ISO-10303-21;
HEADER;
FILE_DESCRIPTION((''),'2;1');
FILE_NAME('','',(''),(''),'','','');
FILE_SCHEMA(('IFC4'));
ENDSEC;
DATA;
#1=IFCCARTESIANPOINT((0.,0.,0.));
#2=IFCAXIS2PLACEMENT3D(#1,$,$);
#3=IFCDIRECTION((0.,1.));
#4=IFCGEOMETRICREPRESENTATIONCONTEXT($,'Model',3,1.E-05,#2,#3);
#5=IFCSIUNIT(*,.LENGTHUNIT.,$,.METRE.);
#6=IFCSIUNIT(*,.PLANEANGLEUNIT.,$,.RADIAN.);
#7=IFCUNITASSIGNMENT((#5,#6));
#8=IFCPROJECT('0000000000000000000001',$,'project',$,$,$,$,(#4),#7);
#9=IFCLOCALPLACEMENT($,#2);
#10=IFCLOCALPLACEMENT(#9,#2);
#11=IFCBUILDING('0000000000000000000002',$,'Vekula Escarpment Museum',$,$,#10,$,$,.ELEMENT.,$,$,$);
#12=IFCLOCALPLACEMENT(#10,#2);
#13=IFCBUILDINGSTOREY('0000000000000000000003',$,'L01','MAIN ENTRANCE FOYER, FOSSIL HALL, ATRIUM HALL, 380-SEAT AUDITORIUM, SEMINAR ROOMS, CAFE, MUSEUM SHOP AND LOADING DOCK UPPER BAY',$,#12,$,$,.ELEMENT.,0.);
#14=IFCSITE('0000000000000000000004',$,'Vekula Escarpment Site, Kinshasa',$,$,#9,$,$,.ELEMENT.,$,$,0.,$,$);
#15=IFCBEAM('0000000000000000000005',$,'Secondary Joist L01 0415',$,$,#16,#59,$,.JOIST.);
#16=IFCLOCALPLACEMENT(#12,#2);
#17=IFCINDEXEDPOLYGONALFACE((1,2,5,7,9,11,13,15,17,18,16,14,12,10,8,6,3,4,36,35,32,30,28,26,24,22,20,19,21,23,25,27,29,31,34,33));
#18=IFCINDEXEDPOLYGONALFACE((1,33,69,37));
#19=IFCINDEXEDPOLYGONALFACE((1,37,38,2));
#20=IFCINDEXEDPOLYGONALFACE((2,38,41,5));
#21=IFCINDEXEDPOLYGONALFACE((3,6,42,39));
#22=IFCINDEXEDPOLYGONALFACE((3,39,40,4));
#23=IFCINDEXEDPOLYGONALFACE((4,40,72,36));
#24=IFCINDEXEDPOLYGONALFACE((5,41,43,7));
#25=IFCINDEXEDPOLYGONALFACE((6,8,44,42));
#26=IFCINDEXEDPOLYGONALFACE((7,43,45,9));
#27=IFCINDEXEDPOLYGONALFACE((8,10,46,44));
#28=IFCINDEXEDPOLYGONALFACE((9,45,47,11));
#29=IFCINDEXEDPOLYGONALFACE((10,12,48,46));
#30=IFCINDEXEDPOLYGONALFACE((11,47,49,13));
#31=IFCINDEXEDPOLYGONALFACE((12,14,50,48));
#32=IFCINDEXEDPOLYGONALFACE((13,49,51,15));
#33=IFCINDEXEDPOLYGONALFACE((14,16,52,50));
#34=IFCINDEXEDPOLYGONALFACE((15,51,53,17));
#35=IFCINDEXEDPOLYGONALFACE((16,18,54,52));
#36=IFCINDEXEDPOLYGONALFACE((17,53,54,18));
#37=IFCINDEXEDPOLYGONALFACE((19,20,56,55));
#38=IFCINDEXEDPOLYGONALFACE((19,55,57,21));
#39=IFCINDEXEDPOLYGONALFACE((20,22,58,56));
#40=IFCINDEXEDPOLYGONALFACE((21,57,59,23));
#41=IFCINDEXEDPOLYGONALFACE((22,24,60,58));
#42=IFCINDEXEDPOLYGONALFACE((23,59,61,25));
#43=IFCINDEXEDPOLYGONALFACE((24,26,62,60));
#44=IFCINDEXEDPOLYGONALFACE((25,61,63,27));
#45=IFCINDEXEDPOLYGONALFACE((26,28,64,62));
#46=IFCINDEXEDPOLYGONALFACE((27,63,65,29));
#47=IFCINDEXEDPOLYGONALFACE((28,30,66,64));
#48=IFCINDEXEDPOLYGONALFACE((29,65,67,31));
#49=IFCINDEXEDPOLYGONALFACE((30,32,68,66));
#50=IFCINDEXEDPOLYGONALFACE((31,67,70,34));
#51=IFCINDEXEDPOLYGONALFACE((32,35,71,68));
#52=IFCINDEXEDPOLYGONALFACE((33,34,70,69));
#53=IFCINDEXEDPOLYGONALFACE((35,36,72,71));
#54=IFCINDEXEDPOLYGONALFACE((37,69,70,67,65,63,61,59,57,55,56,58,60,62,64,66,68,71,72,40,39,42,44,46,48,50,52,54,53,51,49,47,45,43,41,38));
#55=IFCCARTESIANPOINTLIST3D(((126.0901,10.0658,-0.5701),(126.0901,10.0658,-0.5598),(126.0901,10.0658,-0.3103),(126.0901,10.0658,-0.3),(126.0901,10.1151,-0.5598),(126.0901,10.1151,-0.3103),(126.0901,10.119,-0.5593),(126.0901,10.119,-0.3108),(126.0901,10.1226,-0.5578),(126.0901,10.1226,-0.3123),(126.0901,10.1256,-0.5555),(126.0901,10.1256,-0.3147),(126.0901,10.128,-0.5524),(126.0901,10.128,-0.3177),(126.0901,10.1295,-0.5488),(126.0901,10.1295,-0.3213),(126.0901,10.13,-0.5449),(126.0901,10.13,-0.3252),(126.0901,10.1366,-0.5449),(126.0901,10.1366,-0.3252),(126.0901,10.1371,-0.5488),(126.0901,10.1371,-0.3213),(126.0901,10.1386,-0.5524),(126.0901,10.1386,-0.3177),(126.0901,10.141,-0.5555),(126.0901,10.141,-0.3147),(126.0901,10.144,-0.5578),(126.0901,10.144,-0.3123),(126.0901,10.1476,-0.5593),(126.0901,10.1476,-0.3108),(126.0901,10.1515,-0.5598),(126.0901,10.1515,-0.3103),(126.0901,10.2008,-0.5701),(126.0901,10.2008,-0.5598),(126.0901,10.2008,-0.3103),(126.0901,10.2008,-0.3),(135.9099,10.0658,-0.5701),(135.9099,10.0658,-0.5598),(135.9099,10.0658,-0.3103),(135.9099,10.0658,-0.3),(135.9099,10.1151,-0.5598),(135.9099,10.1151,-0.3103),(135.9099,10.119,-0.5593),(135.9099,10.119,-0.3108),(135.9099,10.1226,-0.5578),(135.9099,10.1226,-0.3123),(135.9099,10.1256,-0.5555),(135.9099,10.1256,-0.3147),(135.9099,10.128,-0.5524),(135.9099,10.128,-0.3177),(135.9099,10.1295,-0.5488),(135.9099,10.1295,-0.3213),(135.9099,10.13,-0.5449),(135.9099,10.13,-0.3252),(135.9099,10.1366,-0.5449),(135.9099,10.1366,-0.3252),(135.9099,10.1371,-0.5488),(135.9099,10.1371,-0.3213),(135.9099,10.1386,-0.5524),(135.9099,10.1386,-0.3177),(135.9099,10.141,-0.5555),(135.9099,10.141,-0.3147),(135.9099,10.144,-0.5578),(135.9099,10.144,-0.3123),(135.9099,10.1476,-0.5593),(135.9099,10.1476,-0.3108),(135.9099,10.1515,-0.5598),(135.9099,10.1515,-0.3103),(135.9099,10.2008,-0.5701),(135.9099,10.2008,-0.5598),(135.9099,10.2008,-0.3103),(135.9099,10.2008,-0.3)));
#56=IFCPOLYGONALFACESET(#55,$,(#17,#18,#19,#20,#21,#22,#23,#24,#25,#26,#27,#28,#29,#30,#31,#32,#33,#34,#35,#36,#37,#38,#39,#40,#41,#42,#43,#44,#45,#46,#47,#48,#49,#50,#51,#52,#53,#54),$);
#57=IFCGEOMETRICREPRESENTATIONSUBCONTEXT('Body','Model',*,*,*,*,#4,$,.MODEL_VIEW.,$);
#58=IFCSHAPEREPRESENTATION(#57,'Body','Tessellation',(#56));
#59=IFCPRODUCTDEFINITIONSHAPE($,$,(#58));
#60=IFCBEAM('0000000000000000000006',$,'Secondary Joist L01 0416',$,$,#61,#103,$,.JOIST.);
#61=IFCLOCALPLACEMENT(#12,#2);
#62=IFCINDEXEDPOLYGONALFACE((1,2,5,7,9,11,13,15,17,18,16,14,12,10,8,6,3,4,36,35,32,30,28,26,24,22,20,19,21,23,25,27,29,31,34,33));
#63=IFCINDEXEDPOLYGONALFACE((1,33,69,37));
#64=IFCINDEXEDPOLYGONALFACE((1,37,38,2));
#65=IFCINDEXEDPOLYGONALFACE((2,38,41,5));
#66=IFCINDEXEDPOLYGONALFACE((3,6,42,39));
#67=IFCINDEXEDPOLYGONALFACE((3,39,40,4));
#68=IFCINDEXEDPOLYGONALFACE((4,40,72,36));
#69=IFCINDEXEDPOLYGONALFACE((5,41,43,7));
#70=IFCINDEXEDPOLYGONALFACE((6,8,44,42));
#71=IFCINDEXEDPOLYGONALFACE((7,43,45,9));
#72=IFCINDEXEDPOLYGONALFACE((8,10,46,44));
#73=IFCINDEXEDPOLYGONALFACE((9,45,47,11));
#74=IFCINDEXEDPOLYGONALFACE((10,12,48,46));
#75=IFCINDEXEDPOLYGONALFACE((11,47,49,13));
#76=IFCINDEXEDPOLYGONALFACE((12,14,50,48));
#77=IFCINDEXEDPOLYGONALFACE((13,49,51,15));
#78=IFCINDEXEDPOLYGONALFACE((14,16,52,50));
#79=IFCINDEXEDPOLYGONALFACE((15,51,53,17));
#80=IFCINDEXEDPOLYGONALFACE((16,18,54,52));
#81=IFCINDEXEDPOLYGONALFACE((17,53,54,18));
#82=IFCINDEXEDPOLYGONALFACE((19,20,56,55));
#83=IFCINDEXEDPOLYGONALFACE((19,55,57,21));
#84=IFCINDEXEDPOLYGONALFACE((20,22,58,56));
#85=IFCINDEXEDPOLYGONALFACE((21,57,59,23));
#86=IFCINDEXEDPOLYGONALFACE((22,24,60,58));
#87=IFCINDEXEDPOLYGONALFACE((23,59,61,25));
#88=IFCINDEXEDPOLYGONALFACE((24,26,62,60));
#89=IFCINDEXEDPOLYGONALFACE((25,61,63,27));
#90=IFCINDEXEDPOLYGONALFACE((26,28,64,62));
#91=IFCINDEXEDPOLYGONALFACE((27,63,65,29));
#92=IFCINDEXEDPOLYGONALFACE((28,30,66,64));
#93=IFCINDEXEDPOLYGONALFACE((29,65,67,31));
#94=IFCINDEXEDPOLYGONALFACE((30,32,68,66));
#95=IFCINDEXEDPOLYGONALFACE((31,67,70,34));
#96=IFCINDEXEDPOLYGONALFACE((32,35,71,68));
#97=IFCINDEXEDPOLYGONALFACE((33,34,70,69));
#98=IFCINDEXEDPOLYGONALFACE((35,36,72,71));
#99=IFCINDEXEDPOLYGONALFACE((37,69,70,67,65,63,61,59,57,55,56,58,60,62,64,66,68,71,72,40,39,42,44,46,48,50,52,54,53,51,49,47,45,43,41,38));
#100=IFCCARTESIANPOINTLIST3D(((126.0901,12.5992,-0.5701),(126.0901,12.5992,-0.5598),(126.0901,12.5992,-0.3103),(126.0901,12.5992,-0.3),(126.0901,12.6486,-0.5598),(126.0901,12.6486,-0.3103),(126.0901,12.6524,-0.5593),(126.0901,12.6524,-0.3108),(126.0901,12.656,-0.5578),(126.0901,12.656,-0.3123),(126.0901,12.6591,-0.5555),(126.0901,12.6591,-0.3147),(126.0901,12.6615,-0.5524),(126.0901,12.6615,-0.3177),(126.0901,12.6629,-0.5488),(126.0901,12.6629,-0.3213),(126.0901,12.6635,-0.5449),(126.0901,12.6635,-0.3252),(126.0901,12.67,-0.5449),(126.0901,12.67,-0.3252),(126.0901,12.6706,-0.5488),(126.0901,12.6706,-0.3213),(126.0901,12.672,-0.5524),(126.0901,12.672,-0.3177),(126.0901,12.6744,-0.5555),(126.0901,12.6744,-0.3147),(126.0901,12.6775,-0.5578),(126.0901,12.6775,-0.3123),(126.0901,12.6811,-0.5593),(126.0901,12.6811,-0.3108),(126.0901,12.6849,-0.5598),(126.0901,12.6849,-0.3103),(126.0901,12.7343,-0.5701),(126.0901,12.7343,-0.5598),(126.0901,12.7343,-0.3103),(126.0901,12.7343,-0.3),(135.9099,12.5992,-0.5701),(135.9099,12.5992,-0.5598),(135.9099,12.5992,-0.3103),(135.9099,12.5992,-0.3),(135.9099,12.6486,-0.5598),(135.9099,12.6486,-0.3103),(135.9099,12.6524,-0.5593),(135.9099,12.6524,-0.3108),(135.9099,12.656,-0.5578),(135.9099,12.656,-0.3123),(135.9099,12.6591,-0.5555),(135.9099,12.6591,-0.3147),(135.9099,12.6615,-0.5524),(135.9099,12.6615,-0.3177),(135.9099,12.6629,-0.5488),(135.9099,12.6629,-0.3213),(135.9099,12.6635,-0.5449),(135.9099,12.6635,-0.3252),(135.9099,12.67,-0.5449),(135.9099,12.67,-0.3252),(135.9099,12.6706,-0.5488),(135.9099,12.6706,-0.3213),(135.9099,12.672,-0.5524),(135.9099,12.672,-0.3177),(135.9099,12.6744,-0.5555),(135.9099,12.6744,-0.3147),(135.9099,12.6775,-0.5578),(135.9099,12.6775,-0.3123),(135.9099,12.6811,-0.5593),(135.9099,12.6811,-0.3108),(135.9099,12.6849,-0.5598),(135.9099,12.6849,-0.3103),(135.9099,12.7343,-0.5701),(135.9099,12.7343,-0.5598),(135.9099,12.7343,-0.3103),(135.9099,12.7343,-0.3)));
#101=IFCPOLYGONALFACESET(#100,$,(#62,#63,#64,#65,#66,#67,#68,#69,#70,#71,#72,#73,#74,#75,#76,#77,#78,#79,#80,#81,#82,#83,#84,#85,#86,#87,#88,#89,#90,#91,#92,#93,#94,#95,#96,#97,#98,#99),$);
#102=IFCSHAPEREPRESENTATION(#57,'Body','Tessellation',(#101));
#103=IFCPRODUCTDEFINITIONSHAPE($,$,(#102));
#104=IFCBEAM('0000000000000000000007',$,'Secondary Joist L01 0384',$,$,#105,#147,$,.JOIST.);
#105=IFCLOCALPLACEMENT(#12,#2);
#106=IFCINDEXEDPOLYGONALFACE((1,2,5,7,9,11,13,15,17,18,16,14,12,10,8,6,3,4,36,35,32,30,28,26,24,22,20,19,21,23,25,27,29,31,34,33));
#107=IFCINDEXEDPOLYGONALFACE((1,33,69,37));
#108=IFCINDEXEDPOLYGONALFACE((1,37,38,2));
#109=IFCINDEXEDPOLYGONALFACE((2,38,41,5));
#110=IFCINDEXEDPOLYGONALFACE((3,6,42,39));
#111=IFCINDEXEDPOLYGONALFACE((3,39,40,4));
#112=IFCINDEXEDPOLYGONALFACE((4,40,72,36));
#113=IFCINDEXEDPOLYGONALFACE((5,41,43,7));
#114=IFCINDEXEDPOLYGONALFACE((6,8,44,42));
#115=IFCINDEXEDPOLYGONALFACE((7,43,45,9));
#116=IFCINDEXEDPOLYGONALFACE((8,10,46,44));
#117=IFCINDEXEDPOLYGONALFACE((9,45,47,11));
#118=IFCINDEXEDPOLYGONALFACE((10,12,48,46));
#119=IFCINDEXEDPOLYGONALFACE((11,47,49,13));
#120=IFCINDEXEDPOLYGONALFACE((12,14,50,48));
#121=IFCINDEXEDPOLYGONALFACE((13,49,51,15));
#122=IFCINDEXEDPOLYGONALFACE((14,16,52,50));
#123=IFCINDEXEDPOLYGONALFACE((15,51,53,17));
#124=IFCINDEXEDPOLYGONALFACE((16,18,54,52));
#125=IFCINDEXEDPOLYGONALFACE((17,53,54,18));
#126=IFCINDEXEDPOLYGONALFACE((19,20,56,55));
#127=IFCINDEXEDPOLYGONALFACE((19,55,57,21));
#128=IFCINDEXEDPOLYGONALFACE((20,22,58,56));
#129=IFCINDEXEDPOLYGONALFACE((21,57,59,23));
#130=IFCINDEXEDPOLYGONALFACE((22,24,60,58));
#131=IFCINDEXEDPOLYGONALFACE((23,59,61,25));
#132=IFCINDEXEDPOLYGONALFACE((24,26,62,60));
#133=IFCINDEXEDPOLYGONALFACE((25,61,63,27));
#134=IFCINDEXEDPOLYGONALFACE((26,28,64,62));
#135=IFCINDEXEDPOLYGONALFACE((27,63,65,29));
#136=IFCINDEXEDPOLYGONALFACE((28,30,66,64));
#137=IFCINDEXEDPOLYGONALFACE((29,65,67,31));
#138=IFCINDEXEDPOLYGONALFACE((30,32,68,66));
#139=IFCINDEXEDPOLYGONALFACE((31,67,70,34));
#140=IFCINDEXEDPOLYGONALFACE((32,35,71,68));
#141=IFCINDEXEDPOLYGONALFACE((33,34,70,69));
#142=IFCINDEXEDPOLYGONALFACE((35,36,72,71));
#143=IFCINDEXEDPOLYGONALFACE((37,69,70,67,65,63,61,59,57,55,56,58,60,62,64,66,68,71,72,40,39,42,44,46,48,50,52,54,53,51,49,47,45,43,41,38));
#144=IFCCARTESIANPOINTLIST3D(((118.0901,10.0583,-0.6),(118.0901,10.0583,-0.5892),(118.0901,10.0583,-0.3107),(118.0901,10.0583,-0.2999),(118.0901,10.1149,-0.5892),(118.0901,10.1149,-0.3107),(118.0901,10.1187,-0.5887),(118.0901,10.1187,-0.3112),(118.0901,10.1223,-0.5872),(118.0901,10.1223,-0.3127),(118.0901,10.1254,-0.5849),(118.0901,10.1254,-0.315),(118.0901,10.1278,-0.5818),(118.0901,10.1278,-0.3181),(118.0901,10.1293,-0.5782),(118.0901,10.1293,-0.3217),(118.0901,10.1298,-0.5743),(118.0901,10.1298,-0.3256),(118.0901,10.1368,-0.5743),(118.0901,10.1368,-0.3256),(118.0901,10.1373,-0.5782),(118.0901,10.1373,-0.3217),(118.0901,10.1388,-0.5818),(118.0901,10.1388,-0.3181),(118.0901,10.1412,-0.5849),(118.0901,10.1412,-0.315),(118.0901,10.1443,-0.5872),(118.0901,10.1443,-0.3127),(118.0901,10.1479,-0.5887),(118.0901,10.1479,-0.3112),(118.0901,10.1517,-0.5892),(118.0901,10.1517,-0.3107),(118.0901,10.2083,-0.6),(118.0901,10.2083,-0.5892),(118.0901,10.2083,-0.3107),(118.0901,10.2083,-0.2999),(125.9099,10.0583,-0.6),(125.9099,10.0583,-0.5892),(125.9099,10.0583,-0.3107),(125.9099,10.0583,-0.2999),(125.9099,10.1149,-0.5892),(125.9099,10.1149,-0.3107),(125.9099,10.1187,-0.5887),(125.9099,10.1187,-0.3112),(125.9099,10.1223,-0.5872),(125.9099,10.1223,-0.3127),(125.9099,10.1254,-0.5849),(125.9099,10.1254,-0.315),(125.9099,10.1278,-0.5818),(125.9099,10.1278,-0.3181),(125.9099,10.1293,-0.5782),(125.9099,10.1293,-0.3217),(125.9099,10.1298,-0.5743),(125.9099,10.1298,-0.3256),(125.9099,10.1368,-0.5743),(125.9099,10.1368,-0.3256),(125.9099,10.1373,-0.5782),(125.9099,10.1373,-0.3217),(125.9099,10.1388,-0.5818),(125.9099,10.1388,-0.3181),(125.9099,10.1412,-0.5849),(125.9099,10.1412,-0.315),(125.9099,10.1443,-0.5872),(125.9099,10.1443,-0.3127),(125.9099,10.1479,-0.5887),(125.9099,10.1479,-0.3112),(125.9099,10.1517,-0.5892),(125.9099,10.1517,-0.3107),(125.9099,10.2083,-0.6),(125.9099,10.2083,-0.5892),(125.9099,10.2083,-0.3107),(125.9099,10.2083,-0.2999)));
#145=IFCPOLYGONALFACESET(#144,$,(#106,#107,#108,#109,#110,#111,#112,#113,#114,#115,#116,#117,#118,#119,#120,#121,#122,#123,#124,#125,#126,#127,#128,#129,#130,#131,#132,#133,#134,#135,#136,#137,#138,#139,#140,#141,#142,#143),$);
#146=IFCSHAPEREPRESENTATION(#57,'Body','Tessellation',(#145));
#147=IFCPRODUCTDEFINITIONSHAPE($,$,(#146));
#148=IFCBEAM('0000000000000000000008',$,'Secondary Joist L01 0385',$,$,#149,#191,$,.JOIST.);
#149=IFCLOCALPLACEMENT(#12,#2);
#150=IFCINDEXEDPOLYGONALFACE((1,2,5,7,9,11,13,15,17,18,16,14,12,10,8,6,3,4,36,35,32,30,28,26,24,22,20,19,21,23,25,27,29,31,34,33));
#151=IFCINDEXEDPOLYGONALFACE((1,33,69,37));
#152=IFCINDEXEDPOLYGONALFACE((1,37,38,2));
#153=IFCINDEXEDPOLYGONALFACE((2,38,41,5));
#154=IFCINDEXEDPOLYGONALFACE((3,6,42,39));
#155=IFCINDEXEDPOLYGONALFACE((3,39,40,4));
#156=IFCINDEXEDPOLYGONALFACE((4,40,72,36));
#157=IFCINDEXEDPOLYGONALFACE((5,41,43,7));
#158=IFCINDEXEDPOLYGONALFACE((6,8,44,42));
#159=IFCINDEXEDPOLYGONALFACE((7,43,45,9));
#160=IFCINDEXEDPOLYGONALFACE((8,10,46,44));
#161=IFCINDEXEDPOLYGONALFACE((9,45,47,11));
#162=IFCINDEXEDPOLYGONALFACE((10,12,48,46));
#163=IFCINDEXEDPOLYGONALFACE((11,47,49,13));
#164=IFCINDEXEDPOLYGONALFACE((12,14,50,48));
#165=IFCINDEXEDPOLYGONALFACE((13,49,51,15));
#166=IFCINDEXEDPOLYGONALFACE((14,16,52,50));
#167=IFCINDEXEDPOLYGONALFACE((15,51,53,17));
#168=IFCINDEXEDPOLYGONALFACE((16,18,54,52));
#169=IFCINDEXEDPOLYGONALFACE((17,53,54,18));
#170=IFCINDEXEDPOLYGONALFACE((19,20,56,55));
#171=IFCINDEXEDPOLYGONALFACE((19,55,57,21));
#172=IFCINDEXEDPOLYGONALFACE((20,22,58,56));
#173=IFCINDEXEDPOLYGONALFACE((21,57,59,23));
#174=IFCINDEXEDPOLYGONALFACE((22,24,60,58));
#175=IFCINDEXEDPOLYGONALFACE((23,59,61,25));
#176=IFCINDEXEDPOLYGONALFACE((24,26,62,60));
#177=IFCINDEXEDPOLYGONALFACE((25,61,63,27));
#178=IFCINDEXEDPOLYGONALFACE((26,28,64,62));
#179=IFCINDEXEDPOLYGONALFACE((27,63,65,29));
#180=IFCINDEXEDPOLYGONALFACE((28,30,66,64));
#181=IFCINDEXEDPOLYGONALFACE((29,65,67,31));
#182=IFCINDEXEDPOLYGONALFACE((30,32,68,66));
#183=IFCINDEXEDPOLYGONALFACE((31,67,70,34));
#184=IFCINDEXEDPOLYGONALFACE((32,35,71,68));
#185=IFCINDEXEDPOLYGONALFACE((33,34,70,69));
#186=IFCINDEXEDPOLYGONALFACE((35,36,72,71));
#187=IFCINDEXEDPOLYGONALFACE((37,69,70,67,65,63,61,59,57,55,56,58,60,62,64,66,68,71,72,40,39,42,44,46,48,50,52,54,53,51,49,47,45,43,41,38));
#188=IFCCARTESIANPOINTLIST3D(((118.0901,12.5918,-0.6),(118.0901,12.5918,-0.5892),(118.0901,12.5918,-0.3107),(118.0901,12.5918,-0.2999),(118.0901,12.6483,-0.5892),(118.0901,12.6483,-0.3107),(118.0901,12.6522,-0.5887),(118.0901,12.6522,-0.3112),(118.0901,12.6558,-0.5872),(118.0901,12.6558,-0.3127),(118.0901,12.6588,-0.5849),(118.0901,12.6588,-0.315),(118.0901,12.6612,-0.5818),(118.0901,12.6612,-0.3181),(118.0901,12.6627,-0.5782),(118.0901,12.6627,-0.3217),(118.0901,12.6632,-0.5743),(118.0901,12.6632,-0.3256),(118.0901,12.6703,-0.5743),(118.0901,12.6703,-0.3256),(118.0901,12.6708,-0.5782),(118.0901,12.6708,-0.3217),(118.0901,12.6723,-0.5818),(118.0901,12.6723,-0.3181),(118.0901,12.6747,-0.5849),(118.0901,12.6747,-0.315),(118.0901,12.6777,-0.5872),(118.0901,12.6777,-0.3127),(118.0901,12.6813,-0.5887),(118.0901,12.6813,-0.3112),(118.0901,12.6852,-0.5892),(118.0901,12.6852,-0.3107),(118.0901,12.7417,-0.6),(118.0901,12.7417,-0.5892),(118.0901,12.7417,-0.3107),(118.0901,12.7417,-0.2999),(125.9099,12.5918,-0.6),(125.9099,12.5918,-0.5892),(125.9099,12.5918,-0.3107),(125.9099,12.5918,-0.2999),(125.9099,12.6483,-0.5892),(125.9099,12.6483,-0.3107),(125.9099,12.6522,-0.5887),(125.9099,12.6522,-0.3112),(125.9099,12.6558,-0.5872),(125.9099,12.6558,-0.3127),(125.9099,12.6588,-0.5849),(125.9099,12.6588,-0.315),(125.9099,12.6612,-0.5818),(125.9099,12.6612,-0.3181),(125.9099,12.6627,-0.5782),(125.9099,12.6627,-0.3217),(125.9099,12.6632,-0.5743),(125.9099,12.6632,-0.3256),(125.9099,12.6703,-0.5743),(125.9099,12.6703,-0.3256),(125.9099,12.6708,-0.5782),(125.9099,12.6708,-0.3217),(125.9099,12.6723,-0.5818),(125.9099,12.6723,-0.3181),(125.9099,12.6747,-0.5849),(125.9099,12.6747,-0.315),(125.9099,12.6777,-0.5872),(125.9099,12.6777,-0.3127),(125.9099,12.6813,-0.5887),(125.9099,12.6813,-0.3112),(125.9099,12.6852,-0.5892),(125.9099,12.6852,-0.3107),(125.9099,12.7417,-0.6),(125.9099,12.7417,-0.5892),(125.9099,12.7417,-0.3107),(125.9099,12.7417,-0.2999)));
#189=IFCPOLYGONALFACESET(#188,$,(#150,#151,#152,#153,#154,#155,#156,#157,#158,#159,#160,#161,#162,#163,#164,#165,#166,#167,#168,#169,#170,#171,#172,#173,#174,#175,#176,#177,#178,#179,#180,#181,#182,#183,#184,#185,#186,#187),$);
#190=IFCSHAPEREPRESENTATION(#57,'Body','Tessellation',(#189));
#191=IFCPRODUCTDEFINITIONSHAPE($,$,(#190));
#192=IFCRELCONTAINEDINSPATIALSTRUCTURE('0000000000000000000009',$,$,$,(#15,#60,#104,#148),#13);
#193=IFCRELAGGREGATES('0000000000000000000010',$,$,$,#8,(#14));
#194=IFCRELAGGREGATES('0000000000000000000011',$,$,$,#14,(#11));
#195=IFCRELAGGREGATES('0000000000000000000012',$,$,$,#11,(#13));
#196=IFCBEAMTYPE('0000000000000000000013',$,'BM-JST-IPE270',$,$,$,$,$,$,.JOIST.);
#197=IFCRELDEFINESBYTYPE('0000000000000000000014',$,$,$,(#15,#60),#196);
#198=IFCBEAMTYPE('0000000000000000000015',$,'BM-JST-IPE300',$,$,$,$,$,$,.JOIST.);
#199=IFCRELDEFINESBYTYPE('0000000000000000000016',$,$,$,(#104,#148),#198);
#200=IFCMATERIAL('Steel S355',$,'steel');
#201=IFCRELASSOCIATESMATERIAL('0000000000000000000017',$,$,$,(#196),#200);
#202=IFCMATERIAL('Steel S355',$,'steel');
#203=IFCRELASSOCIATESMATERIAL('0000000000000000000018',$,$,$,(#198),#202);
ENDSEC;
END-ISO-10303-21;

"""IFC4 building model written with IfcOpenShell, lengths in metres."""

from ifc_helpers import new_model, si_unit, direction, frame, origin, origin_2d, place, context, subcontext, project, spatial, i_section, extrude, material, material_profile, profile_set, type_object, element, save


model = new_model("IFC4")

# Units and contexts
model_context = context("Model", 3, precision=1e-05, world=origin(), true_north=direction((0.0, 1.0)))
body_context = subcontext(model_context, "Body", "Model", "MODEL_VIEW")
ifc_project = project(units=[si_unit("LENGTHUNIT", "METRE"), si_unit("PLANEANGLEUNIT", "RADIAN")], contexts=[model_context])

# Site, building, storey
site_placement = place(None, origin())
site = spatial("IfcSite", under=ifc_project, at=site_placement, Name="Vekula Escarpment Site, Kinshasa", CompositionType="ELEMENT", RefElevation=0.0)
building_placement = place(site_placement, origin())
building = spatial("IfcBuilding", under=site, at=building_placement, Name="Vekula Escarpment Museum", CompositionType="ELEMENT")
storey_placement = place(building_placement, origin())
storey = spatial("IfcBuildingStorey", under=building, at=storey_placement, Name="L01", Description="MAIN ENTRANCE FOYER, FOSSIL HALL, ATRIUM HALL, 380-SEAT AUDITORIUM, SEMINAR ROOMS, CAFE, MUSEUM SHOP AND LOADING DOCK UPPER BAY", CompositionType="ELEMENT", Elevation=0.0)

# Beams
ifc_material_1 = material(Name="Steel S355", Category="steel")
ifc_material_profile_1 = material_profile(ifc_material_1, i_section(OverallWidth=0.135, OverallDepth=0.27, WebThickness=0.0066, FlangeThickness=0.0103, FilletRadius=0.0149, at=origin_2d()), Name="IPE 270")
ifc_profile_set_1 = profile_set([ifc_material_profile_1], Name="Steel S355")
beam_type_1 = type_object("IfcBeamType", Name="BM-JST-IPE270", PredefinedType="JOIST", material=ifc_profile_set_1)
for number, where, z_axis, x_axis, name in (
    (1, (126.0901, 10.1333, -0.4351), (1.0, 0.0, 0.0), (0.0, 1.0, 0.0), "Secondary Joist L01 0415"),
    (2, (126.0901, 12.6667, -0.4351), (1.0, 0.0, 0.0), (0.0, 1.0, 0.0), "Secondary Joist L01 0416"),
):
    element("IfcBeam", number, at=place(storey_placement, frame(where, z_axis=z_axis, x_axis=x_axis)), inside=storey, type_object=beam_type_1, Name=name, PredefinedType="JOIST", context=body_context, shape_type="SweptSolid", body=[
        extrude(i_section(OverallWidth=0.135, OverallDepth=0.27, WebThickness=0.0066, FlangeThickness=0.0103, FilletRadius=0.0149, at=origin_2d()), origin(), (0.0, 0.0, 1.0), 9.8198),
    ])
ifc_material_2 = material(Name="Steel S355", Category="steel")
ifc_material_profile_2 = material_profile(ifc_material_2, i_section(OverallWidth=0.1499, OverallDepth=0.3, WebThickness=0.0071, FlangeThickness=0.0107, FilletRadius=0.0149, at=origin_2d()), Name="IPE 300")
ifc_profile_set_2 = profile_set([ifc_material_profile_2], Name="Steel S355")
beam_type_2 = type_object("IfcBeamType", Name="BM-JST-IPE300", PredefinedType="JOIST", material=ifc_profile_set_2)
for number, where, z_axis, x_axis, name in (
    (3, (118.0901, 10.1333, -0.45), (1.0, 0.0, 0.0), (0.0, 1.0, 0.0), "Secondary Joist L01 0384"),
    (4, (118.0901, 12.6667, -0.45), (1.0, 0.0, 0.0), (0.0, 1.0, 0.0), "Secondary Joist L01 0385"),
):
    element("IfcBeam", number, at=place(storey_placement, frame(where, z_axis=z_axis, x_axis=x_axis)), inside=storey, type_object=beam_type_2, Name=name, PredefinedType="JOIST", context=body_context, shape_type="SweptSolid", body=[
        extrude(i_section(OverallWidth=0.1499, OverallDepth=0.3, WebThickness=0.0071, FlangeThickness=0.0107, FilletRadius=0.0149, at=origin_2d()), origin(), (0.0, 0.0, 1.0), 7.8198),
    ])

save(model, "model.ifc")
